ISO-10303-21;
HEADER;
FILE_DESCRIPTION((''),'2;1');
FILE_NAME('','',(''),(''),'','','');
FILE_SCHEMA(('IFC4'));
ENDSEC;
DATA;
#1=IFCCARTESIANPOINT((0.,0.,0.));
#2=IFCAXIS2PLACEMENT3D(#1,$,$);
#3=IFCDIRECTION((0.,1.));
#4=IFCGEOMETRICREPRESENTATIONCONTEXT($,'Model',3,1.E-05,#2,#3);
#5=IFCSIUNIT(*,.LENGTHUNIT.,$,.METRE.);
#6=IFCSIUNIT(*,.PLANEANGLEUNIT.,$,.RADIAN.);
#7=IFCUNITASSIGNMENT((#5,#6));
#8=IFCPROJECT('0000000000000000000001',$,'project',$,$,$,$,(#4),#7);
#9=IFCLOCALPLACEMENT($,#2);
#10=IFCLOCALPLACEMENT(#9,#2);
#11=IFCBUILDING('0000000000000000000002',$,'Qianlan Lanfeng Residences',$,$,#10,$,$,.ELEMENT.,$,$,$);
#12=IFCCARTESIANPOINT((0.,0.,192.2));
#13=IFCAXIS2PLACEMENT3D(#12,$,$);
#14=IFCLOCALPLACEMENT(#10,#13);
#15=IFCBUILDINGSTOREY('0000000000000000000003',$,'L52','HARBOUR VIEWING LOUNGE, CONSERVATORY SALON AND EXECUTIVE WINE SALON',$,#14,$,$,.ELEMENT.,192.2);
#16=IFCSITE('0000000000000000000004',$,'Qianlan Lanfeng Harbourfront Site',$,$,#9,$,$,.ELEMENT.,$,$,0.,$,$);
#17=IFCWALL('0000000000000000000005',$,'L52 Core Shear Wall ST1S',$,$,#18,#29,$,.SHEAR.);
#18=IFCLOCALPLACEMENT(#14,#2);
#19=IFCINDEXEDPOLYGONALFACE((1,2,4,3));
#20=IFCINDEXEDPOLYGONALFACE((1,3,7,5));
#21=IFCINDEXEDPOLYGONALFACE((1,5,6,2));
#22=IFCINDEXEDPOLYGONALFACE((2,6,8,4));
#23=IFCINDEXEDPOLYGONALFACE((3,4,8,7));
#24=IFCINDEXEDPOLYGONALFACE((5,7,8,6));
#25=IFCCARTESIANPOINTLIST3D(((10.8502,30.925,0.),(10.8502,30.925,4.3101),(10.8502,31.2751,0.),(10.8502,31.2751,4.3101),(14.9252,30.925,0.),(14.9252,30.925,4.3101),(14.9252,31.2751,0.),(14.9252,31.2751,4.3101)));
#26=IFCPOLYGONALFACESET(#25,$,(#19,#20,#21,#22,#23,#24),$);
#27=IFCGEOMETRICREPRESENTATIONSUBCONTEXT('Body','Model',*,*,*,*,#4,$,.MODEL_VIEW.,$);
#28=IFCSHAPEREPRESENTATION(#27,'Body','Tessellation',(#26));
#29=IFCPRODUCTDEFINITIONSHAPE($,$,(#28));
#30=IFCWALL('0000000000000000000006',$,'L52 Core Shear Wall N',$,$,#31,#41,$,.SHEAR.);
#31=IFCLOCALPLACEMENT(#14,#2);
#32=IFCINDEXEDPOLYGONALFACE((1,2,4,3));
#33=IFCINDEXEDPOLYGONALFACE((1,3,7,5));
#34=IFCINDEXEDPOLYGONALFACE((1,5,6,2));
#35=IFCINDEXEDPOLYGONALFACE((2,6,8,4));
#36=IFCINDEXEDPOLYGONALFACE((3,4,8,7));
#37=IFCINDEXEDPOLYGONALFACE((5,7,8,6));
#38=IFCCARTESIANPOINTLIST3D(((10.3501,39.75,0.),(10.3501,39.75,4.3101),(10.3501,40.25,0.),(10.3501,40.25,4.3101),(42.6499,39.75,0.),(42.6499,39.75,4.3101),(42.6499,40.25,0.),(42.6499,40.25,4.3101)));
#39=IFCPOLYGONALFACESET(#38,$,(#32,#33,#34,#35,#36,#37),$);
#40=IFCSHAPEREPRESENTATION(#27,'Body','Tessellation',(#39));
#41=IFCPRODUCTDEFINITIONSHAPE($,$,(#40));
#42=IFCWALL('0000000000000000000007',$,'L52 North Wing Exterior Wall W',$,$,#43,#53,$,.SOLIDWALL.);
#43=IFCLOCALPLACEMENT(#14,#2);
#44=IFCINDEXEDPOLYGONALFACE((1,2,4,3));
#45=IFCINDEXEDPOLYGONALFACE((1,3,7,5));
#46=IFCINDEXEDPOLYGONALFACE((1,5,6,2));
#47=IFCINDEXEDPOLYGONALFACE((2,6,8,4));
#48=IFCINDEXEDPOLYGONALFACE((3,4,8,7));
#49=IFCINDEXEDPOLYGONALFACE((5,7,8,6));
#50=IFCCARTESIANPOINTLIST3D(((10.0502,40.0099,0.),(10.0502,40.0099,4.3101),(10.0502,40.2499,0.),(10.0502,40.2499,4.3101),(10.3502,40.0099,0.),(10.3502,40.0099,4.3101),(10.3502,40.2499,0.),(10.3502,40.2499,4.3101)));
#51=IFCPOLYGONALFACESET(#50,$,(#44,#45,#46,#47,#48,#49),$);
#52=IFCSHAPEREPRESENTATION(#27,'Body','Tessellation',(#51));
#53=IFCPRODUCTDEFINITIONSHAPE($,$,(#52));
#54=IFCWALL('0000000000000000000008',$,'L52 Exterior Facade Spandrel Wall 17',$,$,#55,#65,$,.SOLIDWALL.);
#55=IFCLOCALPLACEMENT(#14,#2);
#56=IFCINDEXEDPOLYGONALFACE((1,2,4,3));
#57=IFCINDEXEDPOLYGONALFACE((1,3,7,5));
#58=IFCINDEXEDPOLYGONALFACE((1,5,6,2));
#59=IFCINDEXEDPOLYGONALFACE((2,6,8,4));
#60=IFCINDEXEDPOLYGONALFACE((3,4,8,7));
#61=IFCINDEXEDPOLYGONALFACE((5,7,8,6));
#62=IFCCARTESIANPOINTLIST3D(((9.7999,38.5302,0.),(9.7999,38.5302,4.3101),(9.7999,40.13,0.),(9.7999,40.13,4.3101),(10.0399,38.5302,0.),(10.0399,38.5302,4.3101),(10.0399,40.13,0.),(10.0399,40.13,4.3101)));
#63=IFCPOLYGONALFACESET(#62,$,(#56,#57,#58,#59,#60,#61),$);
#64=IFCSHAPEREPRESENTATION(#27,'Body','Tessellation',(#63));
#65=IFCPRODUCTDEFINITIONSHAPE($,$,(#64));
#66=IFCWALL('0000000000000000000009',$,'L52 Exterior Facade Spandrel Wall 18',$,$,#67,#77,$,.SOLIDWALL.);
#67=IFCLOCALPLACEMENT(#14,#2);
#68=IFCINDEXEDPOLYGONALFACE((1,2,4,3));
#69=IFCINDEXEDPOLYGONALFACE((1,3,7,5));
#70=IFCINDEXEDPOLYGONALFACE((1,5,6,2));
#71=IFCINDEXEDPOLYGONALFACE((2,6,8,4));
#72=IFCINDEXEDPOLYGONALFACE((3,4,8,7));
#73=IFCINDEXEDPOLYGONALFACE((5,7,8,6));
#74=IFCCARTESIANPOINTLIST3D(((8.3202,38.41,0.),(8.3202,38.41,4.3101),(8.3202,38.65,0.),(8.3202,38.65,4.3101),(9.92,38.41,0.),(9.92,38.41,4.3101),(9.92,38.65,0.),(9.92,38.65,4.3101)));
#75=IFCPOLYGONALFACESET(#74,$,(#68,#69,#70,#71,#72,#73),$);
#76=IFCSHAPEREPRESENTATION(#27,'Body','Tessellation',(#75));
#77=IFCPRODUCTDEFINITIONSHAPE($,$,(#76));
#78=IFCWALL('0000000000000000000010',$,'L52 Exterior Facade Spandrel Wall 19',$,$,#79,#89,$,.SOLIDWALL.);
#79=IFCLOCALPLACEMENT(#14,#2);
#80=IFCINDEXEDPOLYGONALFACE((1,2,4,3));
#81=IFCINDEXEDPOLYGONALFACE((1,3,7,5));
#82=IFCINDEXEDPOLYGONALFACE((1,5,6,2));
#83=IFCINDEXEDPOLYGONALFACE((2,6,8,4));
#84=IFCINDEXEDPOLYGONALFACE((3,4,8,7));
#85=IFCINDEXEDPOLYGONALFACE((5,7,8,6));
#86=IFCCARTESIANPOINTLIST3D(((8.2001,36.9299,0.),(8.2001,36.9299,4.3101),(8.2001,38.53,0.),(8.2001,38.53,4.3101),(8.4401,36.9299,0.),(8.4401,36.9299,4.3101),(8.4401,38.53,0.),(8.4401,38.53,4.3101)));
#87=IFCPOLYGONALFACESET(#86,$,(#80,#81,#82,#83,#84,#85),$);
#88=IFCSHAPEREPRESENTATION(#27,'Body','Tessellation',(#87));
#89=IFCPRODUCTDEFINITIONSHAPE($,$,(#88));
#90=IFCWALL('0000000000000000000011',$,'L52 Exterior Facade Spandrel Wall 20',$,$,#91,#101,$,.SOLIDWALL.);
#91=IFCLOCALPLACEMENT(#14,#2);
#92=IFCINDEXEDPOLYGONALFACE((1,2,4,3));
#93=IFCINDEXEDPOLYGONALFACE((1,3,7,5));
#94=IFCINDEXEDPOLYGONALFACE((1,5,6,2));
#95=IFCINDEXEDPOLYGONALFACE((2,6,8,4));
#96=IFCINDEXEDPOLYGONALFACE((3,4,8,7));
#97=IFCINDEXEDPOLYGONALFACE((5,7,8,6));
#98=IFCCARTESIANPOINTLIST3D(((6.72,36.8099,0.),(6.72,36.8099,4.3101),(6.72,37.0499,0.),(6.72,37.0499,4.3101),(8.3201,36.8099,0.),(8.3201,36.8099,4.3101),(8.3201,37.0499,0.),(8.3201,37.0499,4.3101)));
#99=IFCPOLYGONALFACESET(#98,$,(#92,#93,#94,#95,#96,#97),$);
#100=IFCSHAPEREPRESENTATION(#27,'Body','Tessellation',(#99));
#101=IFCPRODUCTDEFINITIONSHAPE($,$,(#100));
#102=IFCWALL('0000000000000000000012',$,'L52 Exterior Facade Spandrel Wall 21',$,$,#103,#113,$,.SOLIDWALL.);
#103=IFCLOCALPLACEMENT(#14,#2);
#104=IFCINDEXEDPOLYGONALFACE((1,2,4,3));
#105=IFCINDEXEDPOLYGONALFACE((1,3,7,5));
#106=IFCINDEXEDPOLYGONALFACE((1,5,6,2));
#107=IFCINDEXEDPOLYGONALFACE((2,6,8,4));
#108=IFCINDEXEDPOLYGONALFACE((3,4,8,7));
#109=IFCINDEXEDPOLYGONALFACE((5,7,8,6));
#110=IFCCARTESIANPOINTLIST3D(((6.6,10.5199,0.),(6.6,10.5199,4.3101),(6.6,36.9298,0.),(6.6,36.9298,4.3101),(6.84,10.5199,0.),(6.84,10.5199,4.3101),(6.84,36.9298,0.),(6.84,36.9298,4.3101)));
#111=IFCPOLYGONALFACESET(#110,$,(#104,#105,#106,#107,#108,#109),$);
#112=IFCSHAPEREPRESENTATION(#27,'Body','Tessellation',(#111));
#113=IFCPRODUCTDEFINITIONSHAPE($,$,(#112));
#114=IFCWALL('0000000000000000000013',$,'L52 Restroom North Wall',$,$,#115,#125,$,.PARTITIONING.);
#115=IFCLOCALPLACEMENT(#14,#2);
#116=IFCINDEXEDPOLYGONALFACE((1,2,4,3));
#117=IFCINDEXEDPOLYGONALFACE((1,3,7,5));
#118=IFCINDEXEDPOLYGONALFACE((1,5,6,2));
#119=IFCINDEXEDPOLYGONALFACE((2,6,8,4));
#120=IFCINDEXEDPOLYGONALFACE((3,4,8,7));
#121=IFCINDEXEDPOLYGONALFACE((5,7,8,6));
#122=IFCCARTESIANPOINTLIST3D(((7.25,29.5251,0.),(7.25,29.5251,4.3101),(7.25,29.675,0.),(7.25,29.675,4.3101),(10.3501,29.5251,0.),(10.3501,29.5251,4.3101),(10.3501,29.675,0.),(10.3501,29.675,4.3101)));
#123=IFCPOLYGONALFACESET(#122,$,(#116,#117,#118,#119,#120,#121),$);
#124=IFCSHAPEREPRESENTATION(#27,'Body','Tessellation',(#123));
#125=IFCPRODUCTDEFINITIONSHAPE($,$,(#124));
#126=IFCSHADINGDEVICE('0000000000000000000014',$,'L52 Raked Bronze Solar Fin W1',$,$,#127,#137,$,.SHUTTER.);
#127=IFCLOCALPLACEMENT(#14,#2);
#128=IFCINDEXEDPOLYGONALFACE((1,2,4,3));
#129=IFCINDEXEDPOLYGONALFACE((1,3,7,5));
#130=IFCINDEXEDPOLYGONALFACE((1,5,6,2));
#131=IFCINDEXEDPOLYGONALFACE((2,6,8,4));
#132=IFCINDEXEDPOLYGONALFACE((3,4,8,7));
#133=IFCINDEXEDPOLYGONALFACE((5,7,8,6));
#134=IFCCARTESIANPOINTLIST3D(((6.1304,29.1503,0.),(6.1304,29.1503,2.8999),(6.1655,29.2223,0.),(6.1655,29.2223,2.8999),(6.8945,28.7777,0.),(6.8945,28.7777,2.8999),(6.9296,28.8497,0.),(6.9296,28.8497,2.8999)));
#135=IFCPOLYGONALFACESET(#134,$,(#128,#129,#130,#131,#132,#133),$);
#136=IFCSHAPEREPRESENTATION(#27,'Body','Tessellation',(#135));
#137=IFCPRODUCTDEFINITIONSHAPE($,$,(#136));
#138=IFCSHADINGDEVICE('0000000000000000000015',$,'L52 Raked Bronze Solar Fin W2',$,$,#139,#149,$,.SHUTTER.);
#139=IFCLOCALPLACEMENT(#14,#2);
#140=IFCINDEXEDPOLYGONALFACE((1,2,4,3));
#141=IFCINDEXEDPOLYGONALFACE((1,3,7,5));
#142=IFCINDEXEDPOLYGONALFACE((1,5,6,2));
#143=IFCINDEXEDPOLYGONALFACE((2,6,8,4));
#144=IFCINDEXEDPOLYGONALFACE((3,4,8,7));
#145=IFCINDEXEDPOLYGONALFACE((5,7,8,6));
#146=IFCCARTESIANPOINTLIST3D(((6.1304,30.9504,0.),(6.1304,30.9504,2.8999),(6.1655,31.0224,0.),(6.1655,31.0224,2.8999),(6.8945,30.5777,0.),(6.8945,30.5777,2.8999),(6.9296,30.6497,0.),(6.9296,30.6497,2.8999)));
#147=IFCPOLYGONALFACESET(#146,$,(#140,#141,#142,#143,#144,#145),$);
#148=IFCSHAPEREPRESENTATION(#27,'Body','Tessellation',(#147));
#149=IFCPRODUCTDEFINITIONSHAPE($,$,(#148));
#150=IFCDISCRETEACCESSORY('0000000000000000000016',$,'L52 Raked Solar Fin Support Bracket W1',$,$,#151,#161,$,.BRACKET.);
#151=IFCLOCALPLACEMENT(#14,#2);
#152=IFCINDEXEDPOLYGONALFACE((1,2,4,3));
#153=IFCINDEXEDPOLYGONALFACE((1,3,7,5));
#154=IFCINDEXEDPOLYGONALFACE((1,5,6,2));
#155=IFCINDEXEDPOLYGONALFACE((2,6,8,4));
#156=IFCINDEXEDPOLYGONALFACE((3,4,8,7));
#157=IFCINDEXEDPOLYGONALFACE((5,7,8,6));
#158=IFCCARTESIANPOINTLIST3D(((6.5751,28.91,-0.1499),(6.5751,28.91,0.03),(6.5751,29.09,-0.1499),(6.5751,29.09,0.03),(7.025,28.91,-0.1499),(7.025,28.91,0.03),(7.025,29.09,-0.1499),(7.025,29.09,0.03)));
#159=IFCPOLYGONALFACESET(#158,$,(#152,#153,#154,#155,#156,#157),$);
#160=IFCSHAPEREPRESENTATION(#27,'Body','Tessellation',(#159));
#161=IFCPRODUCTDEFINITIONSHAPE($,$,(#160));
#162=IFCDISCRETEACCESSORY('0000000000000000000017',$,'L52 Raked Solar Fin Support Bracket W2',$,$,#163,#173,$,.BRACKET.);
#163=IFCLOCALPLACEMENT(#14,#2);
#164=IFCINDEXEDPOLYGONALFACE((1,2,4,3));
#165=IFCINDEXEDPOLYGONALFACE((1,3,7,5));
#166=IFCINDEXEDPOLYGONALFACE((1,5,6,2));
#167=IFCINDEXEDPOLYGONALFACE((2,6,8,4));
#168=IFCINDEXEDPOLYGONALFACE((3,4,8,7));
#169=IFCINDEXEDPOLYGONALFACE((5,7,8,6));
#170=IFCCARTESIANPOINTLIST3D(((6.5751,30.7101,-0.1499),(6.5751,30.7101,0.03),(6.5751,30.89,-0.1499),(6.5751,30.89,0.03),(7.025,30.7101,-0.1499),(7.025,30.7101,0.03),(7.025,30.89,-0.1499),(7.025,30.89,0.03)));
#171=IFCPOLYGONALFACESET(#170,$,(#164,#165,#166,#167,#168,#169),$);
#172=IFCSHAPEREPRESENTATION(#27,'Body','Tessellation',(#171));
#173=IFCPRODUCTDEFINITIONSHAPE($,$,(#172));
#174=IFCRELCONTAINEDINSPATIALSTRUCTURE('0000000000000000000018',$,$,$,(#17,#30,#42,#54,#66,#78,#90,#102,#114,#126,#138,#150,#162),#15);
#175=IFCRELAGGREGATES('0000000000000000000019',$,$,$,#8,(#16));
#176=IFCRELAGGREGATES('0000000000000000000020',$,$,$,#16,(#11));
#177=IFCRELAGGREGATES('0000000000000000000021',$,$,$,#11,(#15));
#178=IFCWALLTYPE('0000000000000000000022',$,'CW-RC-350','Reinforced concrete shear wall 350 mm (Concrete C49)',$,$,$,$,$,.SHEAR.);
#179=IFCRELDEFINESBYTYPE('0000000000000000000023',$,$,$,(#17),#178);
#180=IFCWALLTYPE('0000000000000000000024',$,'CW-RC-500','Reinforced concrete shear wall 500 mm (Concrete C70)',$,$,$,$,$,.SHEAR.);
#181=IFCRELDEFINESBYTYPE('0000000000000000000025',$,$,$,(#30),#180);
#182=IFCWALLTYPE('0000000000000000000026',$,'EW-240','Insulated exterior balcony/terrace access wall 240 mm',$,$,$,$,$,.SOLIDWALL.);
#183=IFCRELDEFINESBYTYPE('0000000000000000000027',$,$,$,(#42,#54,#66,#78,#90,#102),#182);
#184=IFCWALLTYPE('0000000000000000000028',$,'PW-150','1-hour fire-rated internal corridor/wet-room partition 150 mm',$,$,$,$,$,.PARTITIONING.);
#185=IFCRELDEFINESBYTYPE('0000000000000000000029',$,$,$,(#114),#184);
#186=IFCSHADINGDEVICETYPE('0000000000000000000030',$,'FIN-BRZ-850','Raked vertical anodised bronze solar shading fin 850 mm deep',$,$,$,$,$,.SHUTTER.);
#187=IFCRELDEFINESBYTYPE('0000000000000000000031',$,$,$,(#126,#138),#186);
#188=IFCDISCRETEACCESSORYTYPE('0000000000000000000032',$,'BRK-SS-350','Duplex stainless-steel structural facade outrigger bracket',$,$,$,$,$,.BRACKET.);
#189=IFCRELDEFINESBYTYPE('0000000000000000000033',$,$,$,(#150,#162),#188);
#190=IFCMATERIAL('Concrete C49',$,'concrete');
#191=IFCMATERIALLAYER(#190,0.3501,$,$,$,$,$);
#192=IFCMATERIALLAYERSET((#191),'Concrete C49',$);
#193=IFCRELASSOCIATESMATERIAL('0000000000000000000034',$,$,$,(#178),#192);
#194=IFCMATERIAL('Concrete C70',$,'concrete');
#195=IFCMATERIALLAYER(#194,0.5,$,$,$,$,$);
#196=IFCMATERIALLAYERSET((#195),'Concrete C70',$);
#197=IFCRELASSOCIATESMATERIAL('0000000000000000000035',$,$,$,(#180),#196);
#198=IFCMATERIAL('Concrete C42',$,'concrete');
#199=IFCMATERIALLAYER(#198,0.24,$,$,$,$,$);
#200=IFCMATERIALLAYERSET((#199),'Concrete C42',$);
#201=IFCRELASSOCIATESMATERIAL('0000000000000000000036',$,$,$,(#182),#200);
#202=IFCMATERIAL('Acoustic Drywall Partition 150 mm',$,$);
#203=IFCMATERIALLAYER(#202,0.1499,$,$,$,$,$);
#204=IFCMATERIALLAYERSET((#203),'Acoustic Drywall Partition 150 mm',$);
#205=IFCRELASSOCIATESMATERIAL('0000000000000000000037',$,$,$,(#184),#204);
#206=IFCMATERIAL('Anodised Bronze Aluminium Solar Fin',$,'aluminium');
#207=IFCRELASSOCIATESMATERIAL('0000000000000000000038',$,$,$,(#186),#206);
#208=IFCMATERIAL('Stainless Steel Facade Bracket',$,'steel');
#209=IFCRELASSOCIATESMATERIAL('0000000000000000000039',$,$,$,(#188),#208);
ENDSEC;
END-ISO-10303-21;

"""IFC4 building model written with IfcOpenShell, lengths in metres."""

from ifc_helpers import new_model, si_unit, direction, frame, frame_2d, origin, origin_2d, place, context, subcontext, project, spatial, rectangle, extrude, source, transform, mapped, material, layer, layer_set, type_object, element, save


model = new_model("IFC4")

# Units and contexts
model_context = context("Model", 3, precision=1e-05, world=origin(), true_north=direction((0.0, 1.0)))
body_context = subcontext(model_context, "Body", "Model", "MODEL_VIEW")
ifc_project = project(units=[si_unit("LENGTHUNIT", "METRE"), si_unit("PLANEANGLEUNIT", "RADIAN")], contexts=[model_context])

# Site, building, storey
site_placement = place(None, origin())
site = spatial("IfcSite", under=ifc_project, at=site_placement, Name="Qianlan Lanfeng Harbourfront Site", CompositionType="ELEMENT", RefElevation=0.0)
building_placement = place(site_placement, origin())
building = spatial("IfcBuilding", under=site, at=building_placement, Name="Qianlan Lanfeng Residences", CompositionType="ELEMENT")
storey_placement = place(building_placement, frame((0.0, 0.0, 192.2)))
storey = spatial("IfcBuildingStorey", under=building, at=storey_placement, Name="L52", Description="HARBOUR VIEWING LOUNGE, CONSERVATORY SALON AND EXECUTIVE WINE SALON", CompositionType="ELEMENT", Elevation=192.2)

# Walls
ifc_material_1 = material(Name="Concrete C49", Category="concrete")
ifc_layer_1 = layer(ifc_material_1, 0.3501)
ifc_layer_set_1 = layer_set([ifc_layer_1], Name="Concrete C49")
wall_type_1 = type_object("IfcWallType", Name="CW-RC-350", Description="Reinforced concrete shear wall 350 mm (Concrete C49)", PredefinedType="SHEAR", material=ifc_layer_set_1)
wall_1_placement = place(storey_placement, frame((10.8501, 31.1001, 0.0), z_axis=(0.0, 0.0, 1.0), x_axis=(1.0, 0.0, 0.0)))
element("IfcWall", 1, at=wall_1_placement, inside=storey, type_object=wall_type_1, Name="L52 Core Shear Wall ST1S", PredefinedType="SHEAR", context=body_context, shape_type="SweptSolid", body=[
    extrude(rectangle(XDim=4.075, YDim=0.3501, at=frame_2d((2.0376, 0.0))), origin(), (0.0, 0.0, 1.0), 4.3101),
])
ifc_material_2 = material(Name="Concrete C70", Category="concrete")
ifc_layer_2 = layer(ifc_material_2, 0.5)
ifc_layer_set_2 = layer_set([ifc_layer_2], Name="Concrete C70")
wall_type_2 = type_object("IfcWallType", Name="CW-RC-500", Description="Reinforced concrete shear wall 500 mm (Concrete C70)", PredefinedType="SHEAR", material=ifc_layer_set_2)
wall_2_placement = place(storey_placement, frame((10.3501, 40.0, 0.0), z_axis=(0.0, 0.0, 1.0), x_axis=(1.0, 0.0, 0.0)))
element("IfcWall", 2, at=wall_2_placement, inside=storey, type_object=wall_type_2, Name="L52 Core Shear Wall N", PredefinedType="SHEAR", context=body_context, shape_type="SweptSolid", body=[
    extrude(rectangle(XDim=32.2998, YDim=0.5, at=frame_2d((16.1499, 0.0))), origin(), (0.0, 0.0, 1.0), 4.3101),
])
ifc_material_3 = material(Name="Concrete C42", Category="concrete")
ifc_layer_3 = layer(ifc_material_3, 0.24)
ifc_layer_set_3 = layer_set([ifc_layer_3], Name="Concrete C42")
wall_type_3 = type_object("IfcWallType", Name="EW-240", Description="Insulated exterior balcony/terrace access wall 240 mm", PredefinedType="SOLIDWALL", material=ifc_layer_set_3)
wall_3_placement = place(storey_placement, frame((10.3501, 40.1299, 0.0), z_axis=(0.0, 0.0, 1.0), x_axis=(-1.0, 0.0, 0.0)))
element("IfcWall", 3, at=wall_3_placement, inside=storey, type_object=wall_type_3, Name="L52 North Wing Exterior Wall W", PredefinedType="SOLIDWALL", context=body_context, shape_type="SweptSolid", body=[
    extrude(rectangle(XDim=0.3, YDim=0.24, at=frame_2d((0.1499, 0.0))), origin(), (0.0, 0.0, 1.0), 4.3101),
])
for number, where, z_axis, x_axis, name in (
    (4, (9.9199, 40.1299, 0.0), (0.0, 0.0, 1.0), (0.0, -1.0, 0.0), "L52 Exterior Facade Spandrel Wall 17"),
    (5, (9.9199, 38.53, 0.0), (0.0, 0.0, 1.0), (-1.0, 0.0, 0.0), "L52 Exterior Facade Spandrel Wall 18"),
):
    element("IfcWall", number, at=place(storey_placement, frame(where, z_axis=z_axis, x_axis=x_axis)), inside=storey, type_object=wall_type_3, Name=name, PredefinedType="SOLIDWALL", context=body_context, shape_type="SweptSolid", body=[
        extrude(rectangle(XDim=1.5999, YDim=0.24, at=frame_2d((0.7998, 0.0))), origin(), (0.0, 0.0, 1.0), 4.3101),
    ])
for number, where, z_axis, x_axis, name in (
    (6, (8.3201, 38.53, 0.0), (0.0, 0.0, 1.0), (0.0, -1.0, 0.0), "L52 Exterior Facade Spandrel Wall 19"),
    (7, (8.3201, 36.9299, 0.0), (0.0, 0.0, 1.0), (-1.0, 0.0, 0.0), "L52 Exterior Facade Spandrel Wall 20"),
):
    element("IfcWall", number, at=place(storey_placement, frame(where, z_axis=z_axis, x_axis=x_axis)), inside=storey, type_object=wall_type_3, Name=name, PredefinedType="SOLIDWALL", context=body_context, shape_type="SweptSolid", body=[
        extrude(rectangle(XDim=1.6001, YDim=0.24, at=frame_2d((0.8, 0.0))), origin(), (0.0, 0.0, 1.0), 4.3101),
    ])
wall_4_placement = place(storey_placement, frame((6.72, 36.9299, 0.0), z_axis=(0.0, 0.0, 1.0), x_axis=(0.0, -1.0, 0.0)))
element("IfcWall", 8, at=wall_4_placement, inside=storey, type_object=wall_type_3, Name="L52 Exterior Facade Spandrel Wall 21", PredefinedType="SOLIDWALL", context=body_context, shape_type="SweptSolid", body=[
    extrude(rectangle(XDim=26.4099, YDim=0.24, at=frame_2d((13.2051, 0.0))), origin(), (0.0, 0.0, 1.0), 4.3101),
])
ifc_material_4 = material(Name="Acoustic Drywall Partition 150 mm")
ifc_layer_4 = layer(ifc_material_4, 0.1499)
ifc_layer_set_4 = layer_set([ifc_layer_4], Name="Acoustic Drywall Partition 150 mm")
wall_type_4 = type_object("IfcWallType", Name="PW-150", Description="1-hour fire-rated internal corridor/wet-room partition 150 mm", PredefinedType="PARTITIONING", material=ifc_layer_set_4)
wall_5_placement = place(storey_placement, frame((7.25, 29.6001, 0.0), z_axis=(0.0, 0.0, 1.0), x_axis=(1.0, 0.0, 0.0)))
element("IfcWall", 9, at=wall_5_placement, inside=storey, type_object=wall_type_4, Name="L52 Restroom North Wall", PredefinedType="PARTITIONING", context=body_context, shape_type="SweptSolid", body=[
    extrude(rectangle(XDim=3.1001, YDim=0.1499, at=frame_2d((1.55, 0.0))), origin(), (0.0, 0.0, 1.0), 4.3101),
])

# Shading devices
ifc_material_5 = material(Name="Anodised Bronze Aluminium Solar Fin", Category="aluminium")
shading_device_type = type_object("IfcShadingDeviceType", Name="FIN-BRZ-850", Description="Raked vertical anodised bronze solar shading fin 850 mm deep", PredefinedType="SHUTTER", material=ifc_material_5)
shared_shape_1 = source(origin(), body_context, "Body", "SweptSolid", [
    extrude(rectangle(XDim=0.8501, YDim=0.0801, at=origin_2d()), origin(), (0.0, 0.0, 1.0), 2.8999),
])
for number, where, z_axis, x_axis, name in (
    (10, (6.53, 29.0, 0.0), (0.0, 0.0, 1.0), (0.898794, -0.438371, 0.0), "L52 Raked Bronze Solar Fin W1"),
    (11, (6.53, 30.8, 0.0), (0.0, 0.0, 1.0), (0.898794, -0.438371, 0.0), "L52 Raked Bronze Solar Fin W2"),
):
    element("IfcShadingDevice", number, at=place(storey_placement, frame(where, z_axis=z_axis, x_axis=x_axis)), inside=storey, type_object=shading_device_type, Name=name, PredefinedType="SHUTTER", context=body_context, shape_type="MappedRepresentation", body=[
        mapped(shared_shape_1, transform((0.0, 0.0, 0.0), scale=1.0)),
    ])

# Discrete accessories
ifc_material_6 = material(Name="Stainless Steel Facade Bracket", Category="steel")
discrete_accessory_type = type_object("IfcDiscreteAccessoryType", Name="BRK-SS-350", Description="Duplex stainless-steel structural facade outrigger bracket", PredefinedType="BRACKET", material=ifc_material_6)
shared_shape_2 = source(origin(), body_context, "Body", "SweptSolid", [
    extrude(rectangle(XDim=0.45, YDim=0.1799, at=origin_2d()), origin(), (0.0, 0.0, 1.0), 0.1799),
])
for number, where, z_axis, x_axis, name in (
    (12, (6.8, 29.0, -0.1499), (0.0, 0.0, 1.0), (1.0, 0.0, 0.0), "L52 Raked Solar Fin Support Bracket W1"),
    (13, (6.8, 30.8, -0.1499), (0.0, 0.0, 1.0), (1.0, 0.0, 0.0), "L52 Raked Solar Fin Support Bracket W2"),
):
    element("IfcDiscreteAccessory", number, at=place(storey_placement, frame(where, z_axis=z_axis, x_axis=x_axis)), inside=storey, type_object=discrete_accessory_type, Name=name, PredefinedType="BRACKET", context=body_context, shape_type="MappedRepresentation", body=[
        mapped(shared_shape_2, transform((0.0, 0.0, 0.0), scale=1.0)),
    ])

save(model, "model.ifc")
